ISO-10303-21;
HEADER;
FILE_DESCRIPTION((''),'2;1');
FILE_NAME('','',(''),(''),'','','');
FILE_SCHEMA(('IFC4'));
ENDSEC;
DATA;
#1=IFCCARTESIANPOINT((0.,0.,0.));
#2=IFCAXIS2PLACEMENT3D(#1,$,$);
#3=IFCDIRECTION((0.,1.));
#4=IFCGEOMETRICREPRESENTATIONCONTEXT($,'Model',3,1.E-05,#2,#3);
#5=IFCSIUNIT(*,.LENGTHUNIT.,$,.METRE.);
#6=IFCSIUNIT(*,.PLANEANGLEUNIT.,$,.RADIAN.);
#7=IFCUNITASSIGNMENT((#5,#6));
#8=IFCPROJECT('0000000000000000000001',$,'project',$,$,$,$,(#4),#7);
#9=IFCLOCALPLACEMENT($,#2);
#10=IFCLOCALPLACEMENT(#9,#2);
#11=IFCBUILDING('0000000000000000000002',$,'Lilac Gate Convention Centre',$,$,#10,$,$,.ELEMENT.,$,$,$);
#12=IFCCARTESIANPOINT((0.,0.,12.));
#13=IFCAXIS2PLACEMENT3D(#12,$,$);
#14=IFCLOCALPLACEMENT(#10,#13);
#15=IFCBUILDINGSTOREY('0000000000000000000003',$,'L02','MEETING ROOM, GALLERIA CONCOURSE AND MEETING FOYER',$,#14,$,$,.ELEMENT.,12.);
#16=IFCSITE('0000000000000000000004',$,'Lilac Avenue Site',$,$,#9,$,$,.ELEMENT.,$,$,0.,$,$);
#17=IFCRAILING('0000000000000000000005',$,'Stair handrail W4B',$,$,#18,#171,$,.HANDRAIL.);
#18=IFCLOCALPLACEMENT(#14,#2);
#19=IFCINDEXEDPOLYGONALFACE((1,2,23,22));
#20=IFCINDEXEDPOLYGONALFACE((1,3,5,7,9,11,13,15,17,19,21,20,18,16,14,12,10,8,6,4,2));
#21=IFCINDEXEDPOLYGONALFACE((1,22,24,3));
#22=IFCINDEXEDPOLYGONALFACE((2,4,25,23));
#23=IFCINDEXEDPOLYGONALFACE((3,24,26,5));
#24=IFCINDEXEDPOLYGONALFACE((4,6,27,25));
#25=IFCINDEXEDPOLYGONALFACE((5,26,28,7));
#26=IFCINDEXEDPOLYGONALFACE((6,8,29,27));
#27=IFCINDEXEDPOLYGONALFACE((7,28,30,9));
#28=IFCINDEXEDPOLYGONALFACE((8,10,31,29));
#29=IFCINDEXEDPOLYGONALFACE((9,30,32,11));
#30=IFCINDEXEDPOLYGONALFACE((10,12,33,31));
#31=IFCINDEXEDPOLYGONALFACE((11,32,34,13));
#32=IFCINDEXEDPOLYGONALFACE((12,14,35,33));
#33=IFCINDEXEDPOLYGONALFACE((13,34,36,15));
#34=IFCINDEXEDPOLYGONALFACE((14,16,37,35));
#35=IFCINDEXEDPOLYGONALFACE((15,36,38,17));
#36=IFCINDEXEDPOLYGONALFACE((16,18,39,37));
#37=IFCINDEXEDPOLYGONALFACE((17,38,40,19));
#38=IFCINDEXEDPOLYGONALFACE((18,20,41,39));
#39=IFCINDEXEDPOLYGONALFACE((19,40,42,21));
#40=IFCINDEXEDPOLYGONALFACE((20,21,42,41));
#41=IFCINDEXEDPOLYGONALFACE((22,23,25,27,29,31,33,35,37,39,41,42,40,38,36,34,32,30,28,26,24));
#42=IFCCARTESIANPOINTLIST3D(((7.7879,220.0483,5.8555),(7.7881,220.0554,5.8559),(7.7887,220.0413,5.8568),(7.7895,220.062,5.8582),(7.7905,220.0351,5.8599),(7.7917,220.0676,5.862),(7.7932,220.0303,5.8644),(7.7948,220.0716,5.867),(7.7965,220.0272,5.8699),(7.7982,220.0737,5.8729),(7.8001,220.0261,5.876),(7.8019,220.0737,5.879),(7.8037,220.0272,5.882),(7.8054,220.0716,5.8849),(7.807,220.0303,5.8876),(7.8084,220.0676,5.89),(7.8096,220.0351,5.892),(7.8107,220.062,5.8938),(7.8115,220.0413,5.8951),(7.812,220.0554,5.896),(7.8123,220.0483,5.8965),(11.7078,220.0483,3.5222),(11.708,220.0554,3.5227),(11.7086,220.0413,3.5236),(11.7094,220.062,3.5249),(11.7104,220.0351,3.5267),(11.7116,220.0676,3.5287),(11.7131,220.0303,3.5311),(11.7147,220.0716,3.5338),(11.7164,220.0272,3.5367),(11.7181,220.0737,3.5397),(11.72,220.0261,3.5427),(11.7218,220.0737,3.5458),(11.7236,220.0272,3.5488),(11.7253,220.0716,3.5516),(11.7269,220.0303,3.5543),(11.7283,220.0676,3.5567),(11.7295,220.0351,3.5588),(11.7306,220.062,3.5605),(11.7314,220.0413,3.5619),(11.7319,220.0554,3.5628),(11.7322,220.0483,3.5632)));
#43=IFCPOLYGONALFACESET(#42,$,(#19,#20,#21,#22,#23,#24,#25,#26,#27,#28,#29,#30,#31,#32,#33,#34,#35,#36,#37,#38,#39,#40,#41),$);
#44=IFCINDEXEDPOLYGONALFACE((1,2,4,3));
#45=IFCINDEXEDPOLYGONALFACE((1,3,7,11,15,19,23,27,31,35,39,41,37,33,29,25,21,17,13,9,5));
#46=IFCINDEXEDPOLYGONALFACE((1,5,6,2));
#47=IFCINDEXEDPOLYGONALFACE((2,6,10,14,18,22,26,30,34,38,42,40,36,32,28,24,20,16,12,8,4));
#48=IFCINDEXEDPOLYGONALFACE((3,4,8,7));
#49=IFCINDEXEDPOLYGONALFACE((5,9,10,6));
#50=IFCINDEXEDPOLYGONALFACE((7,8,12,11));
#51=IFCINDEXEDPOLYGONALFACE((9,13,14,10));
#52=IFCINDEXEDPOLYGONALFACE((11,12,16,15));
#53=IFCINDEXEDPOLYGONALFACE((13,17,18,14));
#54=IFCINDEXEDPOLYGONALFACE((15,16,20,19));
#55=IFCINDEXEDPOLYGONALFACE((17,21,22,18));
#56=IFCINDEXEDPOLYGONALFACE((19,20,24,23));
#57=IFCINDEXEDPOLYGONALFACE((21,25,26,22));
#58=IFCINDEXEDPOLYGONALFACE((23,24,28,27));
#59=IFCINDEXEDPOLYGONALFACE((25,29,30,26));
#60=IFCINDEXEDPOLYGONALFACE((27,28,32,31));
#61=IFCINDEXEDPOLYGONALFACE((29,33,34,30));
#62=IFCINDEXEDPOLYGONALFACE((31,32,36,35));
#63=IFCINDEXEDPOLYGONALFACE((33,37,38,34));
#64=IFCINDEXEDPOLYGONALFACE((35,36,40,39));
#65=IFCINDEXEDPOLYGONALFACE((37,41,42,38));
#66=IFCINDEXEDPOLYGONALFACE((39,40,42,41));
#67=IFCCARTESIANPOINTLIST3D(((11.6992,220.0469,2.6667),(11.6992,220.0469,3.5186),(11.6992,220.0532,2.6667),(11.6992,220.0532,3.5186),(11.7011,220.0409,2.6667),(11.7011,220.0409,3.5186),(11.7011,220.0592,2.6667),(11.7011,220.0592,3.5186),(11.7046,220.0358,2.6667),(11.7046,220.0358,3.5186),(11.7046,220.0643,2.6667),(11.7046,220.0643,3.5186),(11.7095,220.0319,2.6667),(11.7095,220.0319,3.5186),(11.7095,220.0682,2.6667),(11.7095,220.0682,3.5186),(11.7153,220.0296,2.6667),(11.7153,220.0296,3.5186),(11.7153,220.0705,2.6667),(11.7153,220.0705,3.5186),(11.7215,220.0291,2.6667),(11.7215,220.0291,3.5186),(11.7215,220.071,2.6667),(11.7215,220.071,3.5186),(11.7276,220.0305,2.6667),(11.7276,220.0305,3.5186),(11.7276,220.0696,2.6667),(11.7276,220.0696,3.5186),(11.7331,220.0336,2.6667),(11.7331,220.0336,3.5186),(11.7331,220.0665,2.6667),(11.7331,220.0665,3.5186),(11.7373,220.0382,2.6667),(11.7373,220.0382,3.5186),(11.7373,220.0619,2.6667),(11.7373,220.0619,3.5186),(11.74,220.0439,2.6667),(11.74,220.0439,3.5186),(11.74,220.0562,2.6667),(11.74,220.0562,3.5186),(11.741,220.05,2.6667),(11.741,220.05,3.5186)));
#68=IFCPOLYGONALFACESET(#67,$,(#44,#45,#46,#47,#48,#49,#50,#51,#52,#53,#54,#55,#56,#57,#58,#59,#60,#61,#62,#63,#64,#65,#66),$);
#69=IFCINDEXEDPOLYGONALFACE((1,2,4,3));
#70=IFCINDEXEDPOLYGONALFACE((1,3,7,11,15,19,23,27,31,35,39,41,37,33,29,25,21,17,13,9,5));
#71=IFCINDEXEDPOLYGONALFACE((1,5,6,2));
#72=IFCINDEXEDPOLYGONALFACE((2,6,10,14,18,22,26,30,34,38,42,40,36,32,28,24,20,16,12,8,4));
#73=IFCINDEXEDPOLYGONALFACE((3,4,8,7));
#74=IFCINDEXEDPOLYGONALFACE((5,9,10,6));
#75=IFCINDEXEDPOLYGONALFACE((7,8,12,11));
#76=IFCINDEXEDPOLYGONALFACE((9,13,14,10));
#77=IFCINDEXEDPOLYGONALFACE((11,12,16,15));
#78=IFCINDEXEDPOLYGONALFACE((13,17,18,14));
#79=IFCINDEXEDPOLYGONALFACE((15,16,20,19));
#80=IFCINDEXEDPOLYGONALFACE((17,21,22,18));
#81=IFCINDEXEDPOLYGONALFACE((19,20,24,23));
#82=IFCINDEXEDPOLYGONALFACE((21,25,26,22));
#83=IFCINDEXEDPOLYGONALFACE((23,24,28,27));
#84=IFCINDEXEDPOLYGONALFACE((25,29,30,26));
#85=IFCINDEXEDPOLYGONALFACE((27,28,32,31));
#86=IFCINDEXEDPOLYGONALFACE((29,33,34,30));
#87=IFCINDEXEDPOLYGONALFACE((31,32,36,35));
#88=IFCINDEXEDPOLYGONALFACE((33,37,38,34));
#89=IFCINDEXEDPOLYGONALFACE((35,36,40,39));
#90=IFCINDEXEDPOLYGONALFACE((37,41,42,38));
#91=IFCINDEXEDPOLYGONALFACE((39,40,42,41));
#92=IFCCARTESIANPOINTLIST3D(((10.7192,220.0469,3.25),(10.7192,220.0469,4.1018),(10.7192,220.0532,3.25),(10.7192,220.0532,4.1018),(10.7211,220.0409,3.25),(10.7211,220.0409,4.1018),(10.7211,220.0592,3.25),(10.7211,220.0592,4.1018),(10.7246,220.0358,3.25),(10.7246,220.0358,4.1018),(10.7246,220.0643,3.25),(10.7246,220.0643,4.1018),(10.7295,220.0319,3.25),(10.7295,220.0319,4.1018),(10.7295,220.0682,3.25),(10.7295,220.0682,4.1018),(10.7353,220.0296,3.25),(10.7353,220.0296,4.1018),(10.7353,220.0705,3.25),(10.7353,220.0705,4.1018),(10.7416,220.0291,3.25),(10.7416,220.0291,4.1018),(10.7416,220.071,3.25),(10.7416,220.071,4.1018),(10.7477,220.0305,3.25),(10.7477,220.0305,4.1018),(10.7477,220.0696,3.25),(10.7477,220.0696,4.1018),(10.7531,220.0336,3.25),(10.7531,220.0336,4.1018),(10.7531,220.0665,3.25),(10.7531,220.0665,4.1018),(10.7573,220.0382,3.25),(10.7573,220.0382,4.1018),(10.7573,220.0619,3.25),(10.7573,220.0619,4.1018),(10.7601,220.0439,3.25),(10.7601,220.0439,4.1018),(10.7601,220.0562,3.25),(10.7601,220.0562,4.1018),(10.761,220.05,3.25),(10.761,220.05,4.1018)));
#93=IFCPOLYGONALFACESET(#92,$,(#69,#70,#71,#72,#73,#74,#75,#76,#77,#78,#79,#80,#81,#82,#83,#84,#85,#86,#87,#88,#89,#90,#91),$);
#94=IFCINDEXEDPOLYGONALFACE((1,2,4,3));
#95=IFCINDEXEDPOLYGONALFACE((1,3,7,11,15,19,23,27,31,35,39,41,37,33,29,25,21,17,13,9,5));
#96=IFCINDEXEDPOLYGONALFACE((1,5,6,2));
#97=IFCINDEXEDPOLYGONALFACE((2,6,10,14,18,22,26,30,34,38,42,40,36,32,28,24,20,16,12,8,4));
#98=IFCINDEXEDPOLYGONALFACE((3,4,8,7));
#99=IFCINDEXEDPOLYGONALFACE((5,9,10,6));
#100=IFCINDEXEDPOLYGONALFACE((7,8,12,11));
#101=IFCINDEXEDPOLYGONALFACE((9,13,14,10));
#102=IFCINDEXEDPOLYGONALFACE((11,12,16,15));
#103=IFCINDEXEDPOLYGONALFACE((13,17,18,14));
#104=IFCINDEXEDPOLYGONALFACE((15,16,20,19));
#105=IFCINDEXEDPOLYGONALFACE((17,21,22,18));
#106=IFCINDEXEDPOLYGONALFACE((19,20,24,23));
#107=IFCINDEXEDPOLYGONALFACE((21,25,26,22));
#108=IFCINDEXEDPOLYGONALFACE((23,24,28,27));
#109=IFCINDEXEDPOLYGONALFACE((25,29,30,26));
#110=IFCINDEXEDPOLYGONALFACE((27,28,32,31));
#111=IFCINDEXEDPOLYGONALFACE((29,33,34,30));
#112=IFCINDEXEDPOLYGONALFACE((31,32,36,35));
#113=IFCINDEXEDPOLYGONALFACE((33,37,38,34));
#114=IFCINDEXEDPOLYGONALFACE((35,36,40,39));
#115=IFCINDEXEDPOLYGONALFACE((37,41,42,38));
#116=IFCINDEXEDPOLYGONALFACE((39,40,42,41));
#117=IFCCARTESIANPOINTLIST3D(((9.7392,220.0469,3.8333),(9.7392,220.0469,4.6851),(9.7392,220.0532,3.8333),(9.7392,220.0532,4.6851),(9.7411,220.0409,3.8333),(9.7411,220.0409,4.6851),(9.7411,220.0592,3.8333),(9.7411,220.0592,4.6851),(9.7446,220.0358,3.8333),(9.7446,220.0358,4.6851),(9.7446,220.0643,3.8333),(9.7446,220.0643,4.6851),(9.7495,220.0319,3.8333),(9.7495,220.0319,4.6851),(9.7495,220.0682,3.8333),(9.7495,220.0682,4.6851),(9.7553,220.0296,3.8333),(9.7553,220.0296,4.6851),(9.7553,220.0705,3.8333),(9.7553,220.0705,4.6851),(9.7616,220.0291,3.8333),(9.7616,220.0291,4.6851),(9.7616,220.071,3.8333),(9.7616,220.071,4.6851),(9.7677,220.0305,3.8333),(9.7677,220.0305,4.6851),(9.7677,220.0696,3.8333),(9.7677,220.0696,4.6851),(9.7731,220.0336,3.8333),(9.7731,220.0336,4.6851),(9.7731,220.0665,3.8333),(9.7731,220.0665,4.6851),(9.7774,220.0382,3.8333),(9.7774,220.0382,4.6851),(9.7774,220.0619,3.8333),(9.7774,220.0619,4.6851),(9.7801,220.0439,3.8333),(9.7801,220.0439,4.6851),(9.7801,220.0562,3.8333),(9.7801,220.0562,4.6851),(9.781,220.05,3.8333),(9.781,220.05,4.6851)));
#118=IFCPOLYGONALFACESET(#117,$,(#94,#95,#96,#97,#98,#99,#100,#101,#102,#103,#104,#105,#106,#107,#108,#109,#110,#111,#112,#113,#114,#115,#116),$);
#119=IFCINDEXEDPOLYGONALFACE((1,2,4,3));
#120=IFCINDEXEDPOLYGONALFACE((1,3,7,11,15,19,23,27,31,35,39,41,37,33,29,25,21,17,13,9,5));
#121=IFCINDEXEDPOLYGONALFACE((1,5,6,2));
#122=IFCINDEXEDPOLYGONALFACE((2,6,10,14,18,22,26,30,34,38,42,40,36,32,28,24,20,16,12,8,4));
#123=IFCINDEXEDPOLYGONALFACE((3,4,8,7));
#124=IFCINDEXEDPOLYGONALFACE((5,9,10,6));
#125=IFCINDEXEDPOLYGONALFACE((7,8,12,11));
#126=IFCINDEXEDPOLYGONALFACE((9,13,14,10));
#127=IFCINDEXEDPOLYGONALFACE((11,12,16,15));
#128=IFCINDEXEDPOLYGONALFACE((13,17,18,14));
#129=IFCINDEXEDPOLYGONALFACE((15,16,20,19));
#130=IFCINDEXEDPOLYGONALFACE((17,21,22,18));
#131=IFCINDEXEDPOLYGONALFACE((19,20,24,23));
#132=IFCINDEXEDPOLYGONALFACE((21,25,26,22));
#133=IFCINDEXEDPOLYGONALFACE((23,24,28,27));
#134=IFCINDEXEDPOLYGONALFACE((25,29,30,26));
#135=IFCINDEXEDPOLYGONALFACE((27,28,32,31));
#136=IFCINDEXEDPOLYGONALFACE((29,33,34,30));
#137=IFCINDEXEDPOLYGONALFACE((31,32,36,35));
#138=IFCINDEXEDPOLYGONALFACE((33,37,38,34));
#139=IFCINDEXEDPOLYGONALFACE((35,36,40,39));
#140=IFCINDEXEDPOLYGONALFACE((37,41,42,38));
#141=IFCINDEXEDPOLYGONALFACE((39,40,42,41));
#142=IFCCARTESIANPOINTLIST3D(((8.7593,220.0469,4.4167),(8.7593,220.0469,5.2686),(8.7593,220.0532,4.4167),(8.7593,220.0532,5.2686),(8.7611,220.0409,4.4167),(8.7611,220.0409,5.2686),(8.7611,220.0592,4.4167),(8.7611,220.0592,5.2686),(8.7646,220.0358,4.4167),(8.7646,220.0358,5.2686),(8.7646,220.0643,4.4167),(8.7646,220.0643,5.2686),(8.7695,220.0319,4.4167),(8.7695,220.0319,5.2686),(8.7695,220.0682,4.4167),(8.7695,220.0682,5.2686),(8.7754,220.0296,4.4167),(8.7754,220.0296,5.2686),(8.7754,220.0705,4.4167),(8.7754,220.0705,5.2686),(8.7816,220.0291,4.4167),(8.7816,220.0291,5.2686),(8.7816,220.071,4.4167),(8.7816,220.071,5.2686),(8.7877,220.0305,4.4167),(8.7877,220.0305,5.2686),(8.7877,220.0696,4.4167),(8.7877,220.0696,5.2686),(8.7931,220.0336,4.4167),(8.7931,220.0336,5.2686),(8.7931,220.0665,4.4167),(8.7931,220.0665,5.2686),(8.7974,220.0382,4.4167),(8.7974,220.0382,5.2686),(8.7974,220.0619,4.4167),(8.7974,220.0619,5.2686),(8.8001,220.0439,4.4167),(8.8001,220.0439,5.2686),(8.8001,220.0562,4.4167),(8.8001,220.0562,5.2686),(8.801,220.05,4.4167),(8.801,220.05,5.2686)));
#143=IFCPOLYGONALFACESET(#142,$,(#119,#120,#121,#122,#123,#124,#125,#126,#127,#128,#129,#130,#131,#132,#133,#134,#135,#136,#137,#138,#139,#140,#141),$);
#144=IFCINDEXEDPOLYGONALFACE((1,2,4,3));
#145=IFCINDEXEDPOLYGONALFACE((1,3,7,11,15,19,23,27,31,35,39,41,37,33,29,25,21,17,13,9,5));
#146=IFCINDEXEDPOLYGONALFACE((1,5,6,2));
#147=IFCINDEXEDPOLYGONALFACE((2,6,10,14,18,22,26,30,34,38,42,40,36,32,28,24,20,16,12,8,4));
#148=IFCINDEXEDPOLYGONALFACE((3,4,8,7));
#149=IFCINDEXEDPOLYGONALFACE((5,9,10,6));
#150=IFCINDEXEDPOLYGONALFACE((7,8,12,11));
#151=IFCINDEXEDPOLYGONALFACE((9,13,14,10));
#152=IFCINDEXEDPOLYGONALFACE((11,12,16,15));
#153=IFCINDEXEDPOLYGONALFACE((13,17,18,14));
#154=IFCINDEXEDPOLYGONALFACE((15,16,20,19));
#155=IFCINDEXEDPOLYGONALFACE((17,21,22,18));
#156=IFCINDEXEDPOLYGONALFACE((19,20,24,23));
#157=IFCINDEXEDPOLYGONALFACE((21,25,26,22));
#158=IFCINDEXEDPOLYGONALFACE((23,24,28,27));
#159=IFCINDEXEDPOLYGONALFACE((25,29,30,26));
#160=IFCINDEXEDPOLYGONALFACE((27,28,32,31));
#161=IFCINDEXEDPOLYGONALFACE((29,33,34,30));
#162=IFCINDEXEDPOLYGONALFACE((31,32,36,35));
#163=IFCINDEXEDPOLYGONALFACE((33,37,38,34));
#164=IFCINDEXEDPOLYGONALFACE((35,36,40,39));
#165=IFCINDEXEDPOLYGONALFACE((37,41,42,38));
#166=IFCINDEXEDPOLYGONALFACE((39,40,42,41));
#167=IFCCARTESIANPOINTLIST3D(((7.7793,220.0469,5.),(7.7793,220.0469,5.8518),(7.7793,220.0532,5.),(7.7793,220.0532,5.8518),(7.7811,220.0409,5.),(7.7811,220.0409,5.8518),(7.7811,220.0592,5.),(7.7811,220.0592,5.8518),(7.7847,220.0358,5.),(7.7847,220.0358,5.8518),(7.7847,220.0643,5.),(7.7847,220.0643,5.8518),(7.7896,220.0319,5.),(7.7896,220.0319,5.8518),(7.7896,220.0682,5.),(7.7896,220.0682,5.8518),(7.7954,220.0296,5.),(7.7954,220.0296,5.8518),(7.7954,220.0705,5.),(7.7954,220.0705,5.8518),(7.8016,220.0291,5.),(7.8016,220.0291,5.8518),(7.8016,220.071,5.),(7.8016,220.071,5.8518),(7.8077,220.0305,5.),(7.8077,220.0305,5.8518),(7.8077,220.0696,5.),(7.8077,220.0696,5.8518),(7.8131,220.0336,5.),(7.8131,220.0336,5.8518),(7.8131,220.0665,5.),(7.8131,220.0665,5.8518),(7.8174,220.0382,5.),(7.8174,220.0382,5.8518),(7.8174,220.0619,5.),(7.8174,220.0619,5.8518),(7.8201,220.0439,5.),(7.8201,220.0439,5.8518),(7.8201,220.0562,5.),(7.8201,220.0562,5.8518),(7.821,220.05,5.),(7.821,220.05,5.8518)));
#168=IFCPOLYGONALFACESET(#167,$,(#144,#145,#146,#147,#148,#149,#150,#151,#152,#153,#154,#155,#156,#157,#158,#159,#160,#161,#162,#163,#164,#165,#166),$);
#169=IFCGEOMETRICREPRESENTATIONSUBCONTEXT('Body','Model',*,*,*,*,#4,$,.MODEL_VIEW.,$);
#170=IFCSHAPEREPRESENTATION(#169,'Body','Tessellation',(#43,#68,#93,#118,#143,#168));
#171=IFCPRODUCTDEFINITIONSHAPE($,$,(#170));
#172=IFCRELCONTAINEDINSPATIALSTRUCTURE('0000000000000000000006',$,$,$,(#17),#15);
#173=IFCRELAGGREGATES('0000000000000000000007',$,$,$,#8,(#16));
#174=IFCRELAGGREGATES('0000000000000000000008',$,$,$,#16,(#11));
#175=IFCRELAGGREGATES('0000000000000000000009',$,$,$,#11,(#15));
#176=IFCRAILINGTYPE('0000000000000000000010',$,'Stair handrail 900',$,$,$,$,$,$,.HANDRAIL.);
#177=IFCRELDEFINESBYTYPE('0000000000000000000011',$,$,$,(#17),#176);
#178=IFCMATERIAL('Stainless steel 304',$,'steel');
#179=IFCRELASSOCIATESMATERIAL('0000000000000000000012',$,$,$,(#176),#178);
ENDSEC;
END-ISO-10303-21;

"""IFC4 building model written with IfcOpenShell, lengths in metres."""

from ifc_helpers import new_model, si_unit, direction, frame, origin, origin_2d, place, context, subcontext, project, spatial, circle, extrude, material, type_object, element, save


model = new_model("IFC4")

# Units and contexts
model_context = context("Model", 3, precision=1e-05, world=origin(), true_north=direction((0.0, 1.0)))
body_context = subcontext(model_context, "Body", "Model", "MODEL_VIEW")
ifc_project = project(units=[si_unit("LENGTHUNIT", "METRE"), si_unit("PLANEANGLEUNIT", "RADIAN")], contexts=[model_context])

# Site, building, storey
site_placement = place(None, origin())
site = spatial("IfcSite", under=ifc_project, at=site_placement, Name="Lilac Avenue Site", CompositionType="ELEMENT", RefElevation=0.0)
building_placement = place(site_placement, origin())
building = spatial("IfcBuilding", under=site, at=building_placement, Name="Lilac Gate Convention Centre", CompositionType="ELEMENT")
storey_placement = place(building_placement, frame((0.0, 0.0, 12.0)))
storey = spatial("IfcBuildingStorey", under=building, at=storey_placement, Name="L02", Description="MEETING ROOM, GALLERIA CONCOURSE AND MEETING FOYER", CompositionType="ELEMENT", Elevation=12.0)

# Railing
ifc_material_1 = material(Name="Stainless steel 304", Category="steel")
railing_type = type_object("IfcRailingType", Name="Stair handrail 900", PredefinedType="HANDRAIL", material=ifc_material_1)
for number, where, name in (
    (1, (11.72, 220.05, 2.6667), "Stair handrail W4B"),
):
    element("IfcRailing", number, at=place(storey_placement, frame(where)), inside=storey, type_object=railing_type, Name=name, PredefinedType="HANDRAIL", context=body_context, shape_type="SweptSolid", body=[
        extrude(circle(Radius=0.0239, at=origin_2d()), frame((0.0, 0.0, 0.876), z_axis=(-0.859296, 0.0, 0.511478), x_axis=(0.0, -1.0, 0.0)), (0.0, 0.0, 1.0), 4.5618),
        extrude(circle(Radius=0.021, at=origin_2d()), origin(), (0.0, 0.0, 1.0), 0.8518),
        extrude(circle(Radius=0.021, at=origin_2d()), frame((-0.98, 0.0, 0.5833)), (0.0, 0.0, 1.0), 0.8518),
        extrude(circle(Radius=0.021, at=origin_2d()), frame((-1.96, 0.0, 1.1665)), (0.0, 0.0, 1.0), 0.8518),
        extrude(circle(Radius=0.021, at=origin_2d()), frame((-2.9399, 0.0, 1.75)), (0.0, 0.0, 1.0), 0.8518),
        extrude(circle(Radius=0.021, at=origin_2d()), frame((-3.9199, 0.0, 2.3333)), (0.0, 0.0, 1.0), 0.8518),
    ])

save(model, "model.ifc")
